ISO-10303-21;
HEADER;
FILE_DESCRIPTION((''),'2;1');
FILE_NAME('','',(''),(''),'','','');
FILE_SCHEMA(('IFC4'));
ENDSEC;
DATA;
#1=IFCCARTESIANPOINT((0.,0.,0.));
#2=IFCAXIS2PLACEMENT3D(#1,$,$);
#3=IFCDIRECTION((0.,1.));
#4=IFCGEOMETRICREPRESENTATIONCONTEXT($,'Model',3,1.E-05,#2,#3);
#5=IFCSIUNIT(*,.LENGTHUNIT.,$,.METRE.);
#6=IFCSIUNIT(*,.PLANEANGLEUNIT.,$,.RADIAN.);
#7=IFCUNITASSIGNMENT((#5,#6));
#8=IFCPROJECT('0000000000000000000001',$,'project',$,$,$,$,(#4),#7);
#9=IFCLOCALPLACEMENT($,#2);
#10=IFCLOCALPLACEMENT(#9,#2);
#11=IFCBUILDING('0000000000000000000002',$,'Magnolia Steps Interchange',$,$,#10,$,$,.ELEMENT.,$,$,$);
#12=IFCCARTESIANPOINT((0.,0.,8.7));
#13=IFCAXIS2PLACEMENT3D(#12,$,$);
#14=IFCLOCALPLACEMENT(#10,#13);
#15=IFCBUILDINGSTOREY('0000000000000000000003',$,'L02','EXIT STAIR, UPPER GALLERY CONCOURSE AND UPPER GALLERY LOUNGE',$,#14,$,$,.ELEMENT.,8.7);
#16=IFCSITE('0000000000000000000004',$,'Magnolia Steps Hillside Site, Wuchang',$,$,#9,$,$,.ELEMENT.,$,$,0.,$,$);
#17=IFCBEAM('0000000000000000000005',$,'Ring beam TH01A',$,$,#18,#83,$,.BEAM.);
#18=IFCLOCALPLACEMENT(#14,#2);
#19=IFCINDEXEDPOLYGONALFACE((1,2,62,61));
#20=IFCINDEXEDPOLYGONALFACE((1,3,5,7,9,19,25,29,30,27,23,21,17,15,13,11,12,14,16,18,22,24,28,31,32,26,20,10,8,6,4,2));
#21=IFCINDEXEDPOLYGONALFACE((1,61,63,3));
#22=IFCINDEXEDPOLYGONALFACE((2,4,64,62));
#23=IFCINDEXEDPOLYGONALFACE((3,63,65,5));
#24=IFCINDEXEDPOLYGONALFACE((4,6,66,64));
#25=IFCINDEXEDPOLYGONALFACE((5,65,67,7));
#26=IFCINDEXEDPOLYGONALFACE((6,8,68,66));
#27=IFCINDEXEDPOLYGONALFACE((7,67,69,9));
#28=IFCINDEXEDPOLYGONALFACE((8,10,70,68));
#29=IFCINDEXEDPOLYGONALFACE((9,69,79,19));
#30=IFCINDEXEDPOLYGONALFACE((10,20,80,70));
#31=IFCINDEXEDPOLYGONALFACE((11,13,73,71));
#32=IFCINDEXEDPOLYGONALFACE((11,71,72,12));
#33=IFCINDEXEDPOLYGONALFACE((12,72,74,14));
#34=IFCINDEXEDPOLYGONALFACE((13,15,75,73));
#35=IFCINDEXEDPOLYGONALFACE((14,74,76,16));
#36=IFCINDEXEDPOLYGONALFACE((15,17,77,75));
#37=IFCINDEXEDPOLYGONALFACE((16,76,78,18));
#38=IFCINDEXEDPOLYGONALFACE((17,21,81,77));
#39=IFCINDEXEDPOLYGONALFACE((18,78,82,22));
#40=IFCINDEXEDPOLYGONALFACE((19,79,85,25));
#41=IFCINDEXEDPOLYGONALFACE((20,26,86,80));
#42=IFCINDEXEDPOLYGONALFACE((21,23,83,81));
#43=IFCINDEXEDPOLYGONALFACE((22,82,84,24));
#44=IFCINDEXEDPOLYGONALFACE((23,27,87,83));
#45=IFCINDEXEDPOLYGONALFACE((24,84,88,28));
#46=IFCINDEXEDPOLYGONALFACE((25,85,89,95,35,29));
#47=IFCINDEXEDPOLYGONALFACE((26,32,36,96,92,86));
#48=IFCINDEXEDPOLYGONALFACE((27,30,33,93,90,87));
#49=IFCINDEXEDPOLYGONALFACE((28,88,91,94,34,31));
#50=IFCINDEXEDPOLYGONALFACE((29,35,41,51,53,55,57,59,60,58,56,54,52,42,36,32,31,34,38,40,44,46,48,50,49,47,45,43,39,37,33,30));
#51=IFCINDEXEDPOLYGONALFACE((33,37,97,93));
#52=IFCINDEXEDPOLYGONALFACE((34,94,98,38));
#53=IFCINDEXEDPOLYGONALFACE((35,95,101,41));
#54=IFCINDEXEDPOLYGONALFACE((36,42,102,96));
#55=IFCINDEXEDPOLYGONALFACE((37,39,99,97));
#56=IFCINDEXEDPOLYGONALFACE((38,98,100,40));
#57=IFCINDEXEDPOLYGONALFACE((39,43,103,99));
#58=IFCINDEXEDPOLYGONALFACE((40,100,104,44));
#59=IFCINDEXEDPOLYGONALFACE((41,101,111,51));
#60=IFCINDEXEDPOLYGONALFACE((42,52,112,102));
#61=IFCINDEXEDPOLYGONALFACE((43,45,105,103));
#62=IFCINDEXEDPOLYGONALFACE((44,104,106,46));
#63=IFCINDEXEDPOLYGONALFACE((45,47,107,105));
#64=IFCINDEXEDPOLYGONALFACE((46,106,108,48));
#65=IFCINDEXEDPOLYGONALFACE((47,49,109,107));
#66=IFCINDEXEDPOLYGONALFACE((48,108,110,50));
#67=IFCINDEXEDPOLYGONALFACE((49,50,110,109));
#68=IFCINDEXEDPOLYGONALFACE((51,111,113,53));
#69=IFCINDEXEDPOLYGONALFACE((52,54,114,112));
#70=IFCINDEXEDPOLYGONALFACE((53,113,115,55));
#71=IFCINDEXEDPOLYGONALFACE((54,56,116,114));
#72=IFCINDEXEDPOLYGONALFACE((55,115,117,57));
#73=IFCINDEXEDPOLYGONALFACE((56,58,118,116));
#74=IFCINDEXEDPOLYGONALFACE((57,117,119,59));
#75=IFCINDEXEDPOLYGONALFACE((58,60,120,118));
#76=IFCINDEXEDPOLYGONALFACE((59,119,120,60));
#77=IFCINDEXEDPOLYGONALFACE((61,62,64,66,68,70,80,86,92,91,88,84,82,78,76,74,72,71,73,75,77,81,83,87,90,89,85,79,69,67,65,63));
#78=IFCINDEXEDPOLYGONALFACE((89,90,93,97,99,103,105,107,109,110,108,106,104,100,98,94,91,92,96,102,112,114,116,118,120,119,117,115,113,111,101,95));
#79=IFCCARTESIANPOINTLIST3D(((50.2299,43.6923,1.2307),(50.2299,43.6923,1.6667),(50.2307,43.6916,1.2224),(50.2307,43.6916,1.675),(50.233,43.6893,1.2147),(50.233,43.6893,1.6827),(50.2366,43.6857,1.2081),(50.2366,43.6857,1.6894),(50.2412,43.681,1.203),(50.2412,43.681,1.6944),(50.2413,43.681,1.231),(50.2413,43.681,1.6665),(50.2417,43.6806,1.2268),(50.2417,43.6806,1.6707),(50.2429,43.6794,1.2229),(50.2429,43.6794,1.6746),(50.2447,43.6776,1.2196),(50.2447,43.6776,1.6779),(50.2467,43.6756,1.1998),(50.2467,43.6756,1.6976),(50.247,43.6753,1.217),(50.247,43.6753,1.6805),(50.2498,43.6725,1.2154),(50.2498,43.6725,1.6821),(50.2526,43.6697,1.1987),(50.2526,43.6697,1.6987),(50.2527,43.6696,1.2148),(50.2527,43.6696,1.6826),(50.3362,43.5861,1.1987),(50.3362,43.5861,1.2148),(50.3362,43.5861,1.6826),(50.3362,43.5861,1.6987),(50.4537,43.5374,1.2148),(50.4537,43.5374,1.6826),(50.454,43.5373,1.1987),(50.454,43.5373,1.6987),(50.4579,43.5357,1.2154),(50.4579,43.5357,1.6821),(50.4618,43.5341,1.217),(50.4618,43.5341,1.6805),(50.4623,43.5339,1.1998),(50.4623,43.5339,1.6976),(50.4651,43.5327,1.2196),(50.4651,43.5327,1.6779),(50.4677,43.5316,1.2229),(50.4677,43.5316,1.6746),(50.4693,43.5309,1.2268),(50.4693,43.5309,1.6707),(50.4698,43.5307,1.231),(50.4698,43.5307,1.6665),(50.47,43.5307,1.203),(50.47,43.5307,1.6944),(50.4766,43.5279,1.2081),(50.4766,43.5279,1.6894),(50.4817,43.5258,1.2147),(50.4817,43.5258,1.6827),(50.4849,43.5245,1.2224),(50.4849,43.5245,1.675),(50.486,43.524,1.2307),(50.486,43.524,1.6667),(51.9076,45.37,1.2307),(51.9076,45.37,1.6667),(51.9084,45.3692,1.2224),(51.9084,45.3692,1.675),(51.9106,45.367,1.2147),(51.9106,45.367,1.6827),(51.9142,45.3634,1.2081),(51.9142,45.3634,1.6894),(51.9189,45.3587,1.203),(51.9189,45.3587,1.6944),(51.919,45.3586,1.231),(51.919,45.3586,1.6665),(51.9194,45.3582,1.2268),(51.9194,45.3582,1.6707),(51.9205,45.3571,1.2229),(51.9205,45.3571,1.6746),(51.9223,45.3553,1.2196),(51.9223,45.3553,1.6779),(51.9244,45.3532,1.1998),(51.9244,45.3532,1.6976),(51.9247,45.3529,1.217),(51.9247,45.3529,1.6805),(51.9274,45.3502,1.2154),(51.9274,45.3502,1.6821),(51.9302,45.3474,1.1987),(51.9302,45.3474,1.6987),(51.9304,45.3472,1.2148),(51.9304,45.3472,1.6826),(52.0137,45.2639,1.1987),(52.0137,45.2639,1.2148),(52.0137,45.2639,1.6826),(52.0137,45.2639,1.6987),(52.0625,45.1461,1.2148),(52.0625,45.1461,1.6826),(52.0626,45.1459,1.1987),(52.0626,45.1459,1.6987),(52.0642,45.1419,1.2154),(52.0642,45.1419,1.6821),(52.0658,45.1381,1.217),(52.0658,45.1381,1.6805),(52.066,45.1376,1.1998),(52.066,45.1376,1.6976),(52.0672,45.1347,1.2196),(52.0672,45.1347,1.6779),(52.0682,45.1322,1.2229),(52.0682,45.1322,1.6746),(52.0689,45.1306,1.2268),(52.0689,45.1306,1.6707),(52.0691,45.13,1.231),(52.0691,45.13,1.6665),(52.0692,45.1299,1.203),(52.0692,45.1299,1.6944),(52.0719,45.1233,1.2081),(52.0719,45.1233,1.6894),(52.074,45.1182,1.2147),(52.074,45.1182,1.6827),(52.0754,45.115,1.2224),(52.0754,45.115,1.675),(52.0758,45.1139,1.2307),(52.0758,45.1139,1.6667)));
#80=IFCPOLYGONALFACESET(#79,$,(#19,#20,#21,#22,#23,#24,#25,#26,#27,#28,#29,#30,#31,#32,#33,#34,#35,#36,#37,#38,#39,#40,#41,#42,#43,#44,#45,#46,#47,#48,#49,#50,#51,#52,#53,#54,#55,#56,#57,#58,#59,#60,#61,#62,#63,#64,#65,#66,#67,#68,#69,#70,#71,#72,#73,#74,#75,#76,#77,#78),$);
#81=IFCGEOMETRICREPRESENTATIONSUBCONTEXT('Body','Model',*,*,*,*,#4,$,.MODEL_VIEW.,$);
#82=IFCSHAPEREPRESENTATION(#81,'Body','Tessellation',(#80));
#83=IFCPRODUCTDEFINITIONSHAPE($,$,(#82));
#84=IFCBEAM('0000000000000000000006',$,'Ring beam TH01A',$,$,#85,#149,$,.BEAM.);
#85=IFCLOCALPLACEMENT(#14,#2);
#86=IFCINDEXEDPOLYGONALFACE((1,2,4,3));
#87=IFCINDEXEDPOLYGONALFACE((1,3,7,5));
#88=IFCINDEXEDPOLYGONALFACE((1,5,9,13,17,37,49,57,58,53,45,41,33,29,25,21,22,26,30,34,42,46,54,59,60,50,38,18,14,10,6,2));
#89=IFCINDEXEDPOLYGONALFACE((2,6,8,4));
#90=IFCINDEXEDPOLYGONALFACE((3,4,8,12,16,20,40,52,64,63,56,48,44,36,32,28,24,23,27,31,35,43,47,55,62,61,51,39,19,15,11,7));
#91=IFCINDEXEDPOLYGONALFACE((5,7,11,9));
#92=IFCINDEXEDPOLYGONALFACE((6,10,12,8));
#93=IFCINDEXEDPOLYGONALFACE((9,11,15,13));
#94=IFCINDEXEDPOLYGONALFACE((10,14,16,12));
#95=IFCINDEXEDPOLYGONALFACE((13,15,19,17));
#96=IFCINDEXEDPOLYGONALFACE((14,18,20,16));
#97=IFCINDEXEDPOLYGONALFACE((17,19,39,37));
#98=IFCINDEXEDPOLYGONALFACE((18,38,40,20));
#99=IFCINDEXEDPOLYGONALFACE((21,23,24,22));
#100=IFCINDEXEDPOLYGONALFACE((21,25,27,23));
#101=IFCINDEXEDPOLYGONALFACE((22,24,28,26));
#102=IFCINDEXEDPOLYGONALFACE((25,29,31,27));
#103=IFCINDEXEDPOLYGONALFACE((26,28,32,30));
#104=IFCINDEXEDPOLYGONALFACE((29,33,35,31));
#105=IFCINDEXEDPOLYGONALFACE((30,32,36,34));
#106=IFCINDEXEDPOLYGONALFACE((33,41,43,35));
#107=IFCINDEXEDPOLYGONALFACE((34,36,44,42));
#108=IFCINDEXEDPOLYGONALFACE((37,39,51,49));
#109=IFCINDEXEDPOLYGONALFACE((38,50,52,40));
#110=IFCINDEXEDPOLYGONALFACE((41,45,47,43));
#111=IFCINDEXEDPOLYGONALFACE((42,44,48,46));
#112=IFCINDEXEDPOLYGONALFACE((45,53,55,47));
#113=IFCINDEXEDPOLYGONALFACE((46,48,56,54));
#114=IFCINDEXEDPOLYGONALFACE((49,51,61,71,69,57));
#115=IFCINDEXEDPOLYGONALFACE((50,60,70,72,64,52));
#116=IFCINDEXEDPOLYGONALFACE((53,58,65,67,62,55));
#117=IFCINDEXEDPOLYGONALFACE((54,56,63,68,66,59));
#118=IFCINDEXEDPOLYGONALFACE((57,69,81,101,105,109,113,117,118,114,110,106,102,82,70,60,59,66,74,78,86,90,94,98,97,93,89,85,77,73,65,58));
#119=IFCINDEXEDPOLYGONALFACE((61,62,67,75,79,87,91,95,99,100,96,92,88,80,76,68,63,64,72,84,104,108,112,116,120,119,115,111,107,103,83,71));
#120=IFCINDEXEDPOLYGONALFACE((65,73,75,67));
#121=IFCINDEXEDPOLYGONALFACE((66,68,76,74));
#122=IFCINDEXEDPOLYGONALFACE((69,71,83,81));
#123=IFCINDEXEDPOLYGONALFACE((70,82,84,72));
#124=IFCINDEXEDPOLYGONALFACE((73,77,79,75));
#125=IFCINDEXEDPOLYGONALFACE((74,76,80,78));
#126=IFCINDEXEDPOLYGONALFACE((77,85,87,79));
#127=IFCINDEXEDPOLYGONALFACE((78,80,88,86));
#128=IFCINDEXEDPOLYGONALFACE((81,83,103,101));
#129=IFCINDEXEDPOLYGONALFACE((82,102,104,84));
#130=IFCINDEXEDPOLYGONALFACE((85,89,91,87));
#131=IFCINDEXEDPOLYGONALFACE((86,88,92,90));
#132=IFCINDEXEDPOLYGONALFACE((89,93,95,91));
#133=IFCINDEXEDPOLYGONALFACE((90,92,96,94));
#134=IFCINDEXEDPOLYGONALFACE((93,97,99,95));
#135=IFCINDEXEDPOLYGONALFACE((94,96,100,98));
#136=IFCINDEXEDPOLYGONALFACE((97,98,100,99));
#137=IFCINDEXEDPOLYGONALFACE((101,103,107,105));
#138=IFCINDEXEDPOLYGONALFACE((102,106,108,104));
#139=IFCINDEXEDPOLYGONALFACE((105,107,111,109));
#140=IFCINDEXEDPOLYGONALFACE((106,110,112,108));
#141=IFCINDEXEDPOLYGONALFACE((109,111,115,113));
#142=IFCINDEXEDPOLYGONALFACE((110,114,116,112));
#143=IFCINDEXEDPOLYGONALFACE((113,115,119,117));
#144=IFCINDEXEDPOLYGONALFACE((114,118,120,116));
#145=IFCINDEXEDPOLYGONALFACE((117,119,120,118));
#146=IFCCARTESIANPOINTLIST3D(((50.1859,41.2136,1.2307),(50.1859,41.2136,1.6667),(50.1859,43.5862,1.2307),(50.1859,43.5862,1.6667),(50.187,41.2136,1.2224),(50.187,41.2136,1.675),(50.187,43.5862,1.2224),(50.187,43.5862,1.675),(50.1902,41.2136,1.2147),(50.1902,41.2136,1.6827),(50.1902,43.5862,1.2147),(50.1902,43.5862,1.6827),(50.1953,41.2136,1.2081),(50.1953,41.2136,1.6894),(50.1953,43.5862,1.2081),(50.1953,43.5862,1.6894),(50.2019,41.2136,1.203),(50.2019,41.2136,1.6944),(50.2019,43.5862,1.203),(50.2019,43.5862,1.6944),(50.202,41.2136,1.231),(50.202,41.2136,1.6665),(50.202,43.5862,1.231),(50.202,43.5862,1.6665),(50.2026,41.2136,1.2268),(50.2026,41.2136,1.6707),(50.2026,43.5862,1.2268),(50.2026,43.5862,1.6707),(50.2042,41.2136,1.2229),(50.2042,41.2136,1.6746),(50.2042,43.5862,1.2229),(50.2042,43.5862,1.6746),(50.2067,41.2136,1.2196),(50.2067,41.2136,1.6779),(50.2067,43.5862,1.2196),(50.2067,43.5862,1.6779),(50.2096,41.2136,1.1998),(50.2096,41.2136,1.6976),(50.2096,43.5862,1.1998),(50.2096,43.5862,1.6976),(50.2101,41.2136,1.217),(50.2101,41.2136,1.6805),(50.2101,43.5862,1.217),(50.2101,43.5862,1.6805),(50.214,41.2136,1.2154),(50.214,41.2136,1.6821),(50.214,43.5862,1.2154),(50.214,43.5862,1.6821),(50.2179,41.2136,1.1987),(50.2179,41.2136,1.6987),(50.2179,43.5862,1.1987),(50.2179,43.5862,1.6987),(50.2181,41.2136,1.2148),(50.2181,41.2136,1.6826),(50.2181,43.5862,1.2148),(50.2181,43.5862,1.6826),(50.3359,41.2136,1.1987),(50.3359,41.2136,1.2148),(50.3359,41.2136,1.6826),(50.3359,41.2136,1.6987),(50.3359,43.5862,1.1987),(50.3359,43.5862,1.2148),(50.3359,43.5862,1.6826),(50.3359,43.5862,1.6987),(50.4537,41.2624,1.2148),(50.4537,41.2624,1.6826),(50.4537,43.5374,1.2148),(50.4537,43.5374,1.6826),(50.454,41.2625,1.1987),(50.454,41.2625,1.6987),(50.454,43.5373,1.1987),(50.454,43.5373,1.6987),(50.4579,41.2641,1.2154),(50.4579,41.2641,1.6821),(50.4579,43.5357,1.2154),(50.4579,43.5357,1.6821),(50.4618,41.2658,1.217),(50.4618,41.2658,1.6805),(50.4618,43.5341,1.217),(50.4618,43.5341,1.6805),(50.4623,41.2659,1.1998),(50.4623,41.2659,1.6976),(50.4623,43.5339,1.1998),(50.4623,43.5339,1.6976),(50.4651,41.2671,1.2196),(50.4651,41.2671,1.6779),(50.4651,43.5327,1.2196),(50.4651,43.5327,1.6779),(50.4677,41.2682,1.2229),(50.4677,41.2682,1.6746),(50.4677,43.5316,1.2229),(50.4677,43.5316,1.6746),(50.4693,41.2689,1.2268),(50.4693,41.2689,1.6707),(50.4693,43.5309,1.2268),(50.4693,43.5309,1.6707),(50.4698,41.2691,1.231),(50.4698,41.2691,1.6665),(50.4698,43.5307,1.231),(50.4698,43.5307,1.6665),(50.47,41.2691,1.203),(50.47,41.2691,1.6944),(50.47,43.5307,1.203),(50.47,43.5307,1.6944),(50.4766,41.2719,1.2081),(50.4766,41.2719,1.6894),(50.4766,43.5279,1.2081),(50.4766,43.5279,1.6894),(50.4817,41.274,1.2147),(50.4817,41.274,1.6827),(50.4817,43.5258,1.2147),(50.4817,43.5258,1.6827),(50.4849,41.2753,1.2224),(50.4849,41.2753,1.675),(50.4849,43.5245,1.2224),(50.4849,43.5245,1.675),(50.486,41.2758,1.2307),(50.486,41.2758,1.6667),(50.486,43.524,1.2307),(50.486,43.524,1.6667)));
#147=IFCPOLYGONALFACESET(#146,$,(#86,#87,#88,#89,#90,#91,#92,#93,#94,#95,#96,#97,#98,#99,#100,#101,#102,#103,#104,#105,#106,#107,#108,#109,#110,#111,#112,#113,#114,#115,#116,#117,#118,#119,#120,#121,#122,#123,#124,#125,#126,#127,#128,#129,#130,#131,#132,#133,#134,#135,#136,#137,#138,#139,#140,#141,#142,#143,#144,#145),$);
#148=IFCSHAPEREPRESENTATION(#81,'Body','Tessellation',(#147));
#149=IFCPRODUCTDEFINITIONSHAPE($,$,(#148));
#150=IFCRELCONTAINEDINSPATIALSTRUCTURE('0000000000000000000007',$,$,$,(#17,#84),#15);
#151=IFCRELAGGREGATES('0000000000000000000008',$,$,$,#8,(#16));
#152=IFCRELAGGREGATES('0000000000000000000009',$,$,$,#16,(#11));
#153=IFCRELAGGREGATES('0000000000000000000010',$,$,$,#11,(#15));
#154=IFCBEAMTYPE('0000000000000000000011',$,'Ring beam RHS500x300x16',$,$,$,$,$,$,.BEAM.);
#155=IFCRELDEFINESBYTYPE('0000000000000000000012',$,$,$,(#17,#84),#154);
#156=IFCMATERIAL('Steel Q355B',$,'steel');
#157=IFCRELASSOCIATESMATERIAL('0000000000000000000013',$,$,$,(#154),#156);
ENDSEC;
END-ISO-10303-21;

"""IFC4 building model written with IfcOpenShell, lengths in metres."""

from ifc_helpers import new_model, si_unit, direction, frame, origin, origin_2d, place, context, subcontext, project, spatial, hollow_rectangle, extrude, clip, halfspace, material, material_profile, profile_set, type_object, element, save


model = new_model("IFC4")

# Units and contexts
model_context = context("Model", 3, precision=1e-05, world=origin(), true_north=direction((0.0, 1.0)))
body_context = subcontext(model_context, "Body", "Model", "MODEL_VIEW")
ifc_project = project(units=[si_unit("LENGTHUNIT", "METRE"), si_unit("PLANEANGLEUNIT", "RADIAN")], contexts=[model_context])

# Site, building, storey
site_placement = place(None, origin())
site = spatial("IfcSite", under=ifc_project, at=site_placement, Name="Magnolia Steps Hillside Site, Wuchang", CompositionType="ELEMENT", RefElevation=0.0)
building_placement = place(site_placement, origin())
building = spatial("IfcBuilding", under=site, at=building_placement, Name="Magnolia Steps Interchange", CompositionType="ELEMENT")
storey_placement = place(building_placement, frame((0.0, 0.0, 8.7)))
storey = spatial("IfcBuildingStorey", under=building, at=storey_placement, Name="L02", Description="EXIT STAIR, UPPER GALLERY CONCOURSE AND UPPER GALLERY LOUNGE", CompositionType="ELEMENT", Elevation=8.7)

# Beams
ifc_material_1 = material(Name="Steel Q355B", Category="steel")
ifc_material_profile_1 = material_profile(ifc_material_1, hollow_rectangle(XDim=0.3, YDim=0.5, WallThickness=0.0161, InnerFilletRadius=0.0161, OuterFilletRadius=0.032, at=origin_2d()), Name="RHS500x300x16")
ifc_profile_set_1 = profile_set([ifc_material_profile_1], Name="Steel Q355B")
beam_type_1 = type_object("IfcBeamType", Name="Ring beam RHS500x300x16", PredefinedType="BEAM", material=ifc_profile_set_1)
beam_1_placement = place(storey_placement, frame((52.0137, 45.2639, 1.4487), z_axis=(-0.707107, -0.707107, 0.0), x_axis=(0.707107, -0.707107, 0.0)))
element("IfcBeam", 1, at=beam_1_placement, inside=storey, type_object=beam_type_1, Name="Ring beam TH01A", PredefinedType="BEAM", context=body_context, shape_type="Clipping", body=[
    clip(clip(extrude(hollow_rectangle(XDim=0.3, YDim=0.5, WallThickness=0.0161, InnerFilletRadius=0.0161, OuterFilletRadius=0.032, at=origin_2d()), origin(), (0.0, 0.0, 1.0), 2.3726), halfspace(frame((0.0, 0.0, 0.0), z_axis=(0.382683, 0.0, -0.92388), x_axis=(0.92388, 0.0, 0.382683)), False)), halfspace(frame((0.0, 0.0, 2.3727), z_axis=(0.382683, 0.0, 0.92388), x_axis=(0.92388, 0.0, -0.382683)), False)),
])
beam_2_placement = place(storey_placement, frame((50.3359, 43.5862, 1.4487), z_axis=(0.0, -1.0, 0.0), x_axis=(1.0, 0.0, 0.0)))
element("IfcBeam", 2, at=beam_2_placement, inside=storey, type_object=beam_type_1, Name="Ring beam TH01A", PredefinedType="BEAM", context=body_context, shape_type="Clipping", body=[
    clip(clip(extrude(hollow_rectangle(XDim=0.3, YDim=0.5, WallThickness=0.0161, InnerFilletRadius=0.0161, OuterFilletRadius=0.032, at=origin_2d()), origin(), (0.0, 0.0, 1.0), 2.3726), halfspace(frame((0.0, 0.0, 0.0), z_axis=(0.382683, 0.0, -0.92388), x_axis=(0.92388, 0.0, 0.382683)), False)), halfspace(frame((0.0, 0.0, 2.3726), z_axis=(0.382683, 0.0, 0.92388), x_axis=(0.92388, 0.0, -0.382683)), False)),
])

save(model, "model.ifc")
